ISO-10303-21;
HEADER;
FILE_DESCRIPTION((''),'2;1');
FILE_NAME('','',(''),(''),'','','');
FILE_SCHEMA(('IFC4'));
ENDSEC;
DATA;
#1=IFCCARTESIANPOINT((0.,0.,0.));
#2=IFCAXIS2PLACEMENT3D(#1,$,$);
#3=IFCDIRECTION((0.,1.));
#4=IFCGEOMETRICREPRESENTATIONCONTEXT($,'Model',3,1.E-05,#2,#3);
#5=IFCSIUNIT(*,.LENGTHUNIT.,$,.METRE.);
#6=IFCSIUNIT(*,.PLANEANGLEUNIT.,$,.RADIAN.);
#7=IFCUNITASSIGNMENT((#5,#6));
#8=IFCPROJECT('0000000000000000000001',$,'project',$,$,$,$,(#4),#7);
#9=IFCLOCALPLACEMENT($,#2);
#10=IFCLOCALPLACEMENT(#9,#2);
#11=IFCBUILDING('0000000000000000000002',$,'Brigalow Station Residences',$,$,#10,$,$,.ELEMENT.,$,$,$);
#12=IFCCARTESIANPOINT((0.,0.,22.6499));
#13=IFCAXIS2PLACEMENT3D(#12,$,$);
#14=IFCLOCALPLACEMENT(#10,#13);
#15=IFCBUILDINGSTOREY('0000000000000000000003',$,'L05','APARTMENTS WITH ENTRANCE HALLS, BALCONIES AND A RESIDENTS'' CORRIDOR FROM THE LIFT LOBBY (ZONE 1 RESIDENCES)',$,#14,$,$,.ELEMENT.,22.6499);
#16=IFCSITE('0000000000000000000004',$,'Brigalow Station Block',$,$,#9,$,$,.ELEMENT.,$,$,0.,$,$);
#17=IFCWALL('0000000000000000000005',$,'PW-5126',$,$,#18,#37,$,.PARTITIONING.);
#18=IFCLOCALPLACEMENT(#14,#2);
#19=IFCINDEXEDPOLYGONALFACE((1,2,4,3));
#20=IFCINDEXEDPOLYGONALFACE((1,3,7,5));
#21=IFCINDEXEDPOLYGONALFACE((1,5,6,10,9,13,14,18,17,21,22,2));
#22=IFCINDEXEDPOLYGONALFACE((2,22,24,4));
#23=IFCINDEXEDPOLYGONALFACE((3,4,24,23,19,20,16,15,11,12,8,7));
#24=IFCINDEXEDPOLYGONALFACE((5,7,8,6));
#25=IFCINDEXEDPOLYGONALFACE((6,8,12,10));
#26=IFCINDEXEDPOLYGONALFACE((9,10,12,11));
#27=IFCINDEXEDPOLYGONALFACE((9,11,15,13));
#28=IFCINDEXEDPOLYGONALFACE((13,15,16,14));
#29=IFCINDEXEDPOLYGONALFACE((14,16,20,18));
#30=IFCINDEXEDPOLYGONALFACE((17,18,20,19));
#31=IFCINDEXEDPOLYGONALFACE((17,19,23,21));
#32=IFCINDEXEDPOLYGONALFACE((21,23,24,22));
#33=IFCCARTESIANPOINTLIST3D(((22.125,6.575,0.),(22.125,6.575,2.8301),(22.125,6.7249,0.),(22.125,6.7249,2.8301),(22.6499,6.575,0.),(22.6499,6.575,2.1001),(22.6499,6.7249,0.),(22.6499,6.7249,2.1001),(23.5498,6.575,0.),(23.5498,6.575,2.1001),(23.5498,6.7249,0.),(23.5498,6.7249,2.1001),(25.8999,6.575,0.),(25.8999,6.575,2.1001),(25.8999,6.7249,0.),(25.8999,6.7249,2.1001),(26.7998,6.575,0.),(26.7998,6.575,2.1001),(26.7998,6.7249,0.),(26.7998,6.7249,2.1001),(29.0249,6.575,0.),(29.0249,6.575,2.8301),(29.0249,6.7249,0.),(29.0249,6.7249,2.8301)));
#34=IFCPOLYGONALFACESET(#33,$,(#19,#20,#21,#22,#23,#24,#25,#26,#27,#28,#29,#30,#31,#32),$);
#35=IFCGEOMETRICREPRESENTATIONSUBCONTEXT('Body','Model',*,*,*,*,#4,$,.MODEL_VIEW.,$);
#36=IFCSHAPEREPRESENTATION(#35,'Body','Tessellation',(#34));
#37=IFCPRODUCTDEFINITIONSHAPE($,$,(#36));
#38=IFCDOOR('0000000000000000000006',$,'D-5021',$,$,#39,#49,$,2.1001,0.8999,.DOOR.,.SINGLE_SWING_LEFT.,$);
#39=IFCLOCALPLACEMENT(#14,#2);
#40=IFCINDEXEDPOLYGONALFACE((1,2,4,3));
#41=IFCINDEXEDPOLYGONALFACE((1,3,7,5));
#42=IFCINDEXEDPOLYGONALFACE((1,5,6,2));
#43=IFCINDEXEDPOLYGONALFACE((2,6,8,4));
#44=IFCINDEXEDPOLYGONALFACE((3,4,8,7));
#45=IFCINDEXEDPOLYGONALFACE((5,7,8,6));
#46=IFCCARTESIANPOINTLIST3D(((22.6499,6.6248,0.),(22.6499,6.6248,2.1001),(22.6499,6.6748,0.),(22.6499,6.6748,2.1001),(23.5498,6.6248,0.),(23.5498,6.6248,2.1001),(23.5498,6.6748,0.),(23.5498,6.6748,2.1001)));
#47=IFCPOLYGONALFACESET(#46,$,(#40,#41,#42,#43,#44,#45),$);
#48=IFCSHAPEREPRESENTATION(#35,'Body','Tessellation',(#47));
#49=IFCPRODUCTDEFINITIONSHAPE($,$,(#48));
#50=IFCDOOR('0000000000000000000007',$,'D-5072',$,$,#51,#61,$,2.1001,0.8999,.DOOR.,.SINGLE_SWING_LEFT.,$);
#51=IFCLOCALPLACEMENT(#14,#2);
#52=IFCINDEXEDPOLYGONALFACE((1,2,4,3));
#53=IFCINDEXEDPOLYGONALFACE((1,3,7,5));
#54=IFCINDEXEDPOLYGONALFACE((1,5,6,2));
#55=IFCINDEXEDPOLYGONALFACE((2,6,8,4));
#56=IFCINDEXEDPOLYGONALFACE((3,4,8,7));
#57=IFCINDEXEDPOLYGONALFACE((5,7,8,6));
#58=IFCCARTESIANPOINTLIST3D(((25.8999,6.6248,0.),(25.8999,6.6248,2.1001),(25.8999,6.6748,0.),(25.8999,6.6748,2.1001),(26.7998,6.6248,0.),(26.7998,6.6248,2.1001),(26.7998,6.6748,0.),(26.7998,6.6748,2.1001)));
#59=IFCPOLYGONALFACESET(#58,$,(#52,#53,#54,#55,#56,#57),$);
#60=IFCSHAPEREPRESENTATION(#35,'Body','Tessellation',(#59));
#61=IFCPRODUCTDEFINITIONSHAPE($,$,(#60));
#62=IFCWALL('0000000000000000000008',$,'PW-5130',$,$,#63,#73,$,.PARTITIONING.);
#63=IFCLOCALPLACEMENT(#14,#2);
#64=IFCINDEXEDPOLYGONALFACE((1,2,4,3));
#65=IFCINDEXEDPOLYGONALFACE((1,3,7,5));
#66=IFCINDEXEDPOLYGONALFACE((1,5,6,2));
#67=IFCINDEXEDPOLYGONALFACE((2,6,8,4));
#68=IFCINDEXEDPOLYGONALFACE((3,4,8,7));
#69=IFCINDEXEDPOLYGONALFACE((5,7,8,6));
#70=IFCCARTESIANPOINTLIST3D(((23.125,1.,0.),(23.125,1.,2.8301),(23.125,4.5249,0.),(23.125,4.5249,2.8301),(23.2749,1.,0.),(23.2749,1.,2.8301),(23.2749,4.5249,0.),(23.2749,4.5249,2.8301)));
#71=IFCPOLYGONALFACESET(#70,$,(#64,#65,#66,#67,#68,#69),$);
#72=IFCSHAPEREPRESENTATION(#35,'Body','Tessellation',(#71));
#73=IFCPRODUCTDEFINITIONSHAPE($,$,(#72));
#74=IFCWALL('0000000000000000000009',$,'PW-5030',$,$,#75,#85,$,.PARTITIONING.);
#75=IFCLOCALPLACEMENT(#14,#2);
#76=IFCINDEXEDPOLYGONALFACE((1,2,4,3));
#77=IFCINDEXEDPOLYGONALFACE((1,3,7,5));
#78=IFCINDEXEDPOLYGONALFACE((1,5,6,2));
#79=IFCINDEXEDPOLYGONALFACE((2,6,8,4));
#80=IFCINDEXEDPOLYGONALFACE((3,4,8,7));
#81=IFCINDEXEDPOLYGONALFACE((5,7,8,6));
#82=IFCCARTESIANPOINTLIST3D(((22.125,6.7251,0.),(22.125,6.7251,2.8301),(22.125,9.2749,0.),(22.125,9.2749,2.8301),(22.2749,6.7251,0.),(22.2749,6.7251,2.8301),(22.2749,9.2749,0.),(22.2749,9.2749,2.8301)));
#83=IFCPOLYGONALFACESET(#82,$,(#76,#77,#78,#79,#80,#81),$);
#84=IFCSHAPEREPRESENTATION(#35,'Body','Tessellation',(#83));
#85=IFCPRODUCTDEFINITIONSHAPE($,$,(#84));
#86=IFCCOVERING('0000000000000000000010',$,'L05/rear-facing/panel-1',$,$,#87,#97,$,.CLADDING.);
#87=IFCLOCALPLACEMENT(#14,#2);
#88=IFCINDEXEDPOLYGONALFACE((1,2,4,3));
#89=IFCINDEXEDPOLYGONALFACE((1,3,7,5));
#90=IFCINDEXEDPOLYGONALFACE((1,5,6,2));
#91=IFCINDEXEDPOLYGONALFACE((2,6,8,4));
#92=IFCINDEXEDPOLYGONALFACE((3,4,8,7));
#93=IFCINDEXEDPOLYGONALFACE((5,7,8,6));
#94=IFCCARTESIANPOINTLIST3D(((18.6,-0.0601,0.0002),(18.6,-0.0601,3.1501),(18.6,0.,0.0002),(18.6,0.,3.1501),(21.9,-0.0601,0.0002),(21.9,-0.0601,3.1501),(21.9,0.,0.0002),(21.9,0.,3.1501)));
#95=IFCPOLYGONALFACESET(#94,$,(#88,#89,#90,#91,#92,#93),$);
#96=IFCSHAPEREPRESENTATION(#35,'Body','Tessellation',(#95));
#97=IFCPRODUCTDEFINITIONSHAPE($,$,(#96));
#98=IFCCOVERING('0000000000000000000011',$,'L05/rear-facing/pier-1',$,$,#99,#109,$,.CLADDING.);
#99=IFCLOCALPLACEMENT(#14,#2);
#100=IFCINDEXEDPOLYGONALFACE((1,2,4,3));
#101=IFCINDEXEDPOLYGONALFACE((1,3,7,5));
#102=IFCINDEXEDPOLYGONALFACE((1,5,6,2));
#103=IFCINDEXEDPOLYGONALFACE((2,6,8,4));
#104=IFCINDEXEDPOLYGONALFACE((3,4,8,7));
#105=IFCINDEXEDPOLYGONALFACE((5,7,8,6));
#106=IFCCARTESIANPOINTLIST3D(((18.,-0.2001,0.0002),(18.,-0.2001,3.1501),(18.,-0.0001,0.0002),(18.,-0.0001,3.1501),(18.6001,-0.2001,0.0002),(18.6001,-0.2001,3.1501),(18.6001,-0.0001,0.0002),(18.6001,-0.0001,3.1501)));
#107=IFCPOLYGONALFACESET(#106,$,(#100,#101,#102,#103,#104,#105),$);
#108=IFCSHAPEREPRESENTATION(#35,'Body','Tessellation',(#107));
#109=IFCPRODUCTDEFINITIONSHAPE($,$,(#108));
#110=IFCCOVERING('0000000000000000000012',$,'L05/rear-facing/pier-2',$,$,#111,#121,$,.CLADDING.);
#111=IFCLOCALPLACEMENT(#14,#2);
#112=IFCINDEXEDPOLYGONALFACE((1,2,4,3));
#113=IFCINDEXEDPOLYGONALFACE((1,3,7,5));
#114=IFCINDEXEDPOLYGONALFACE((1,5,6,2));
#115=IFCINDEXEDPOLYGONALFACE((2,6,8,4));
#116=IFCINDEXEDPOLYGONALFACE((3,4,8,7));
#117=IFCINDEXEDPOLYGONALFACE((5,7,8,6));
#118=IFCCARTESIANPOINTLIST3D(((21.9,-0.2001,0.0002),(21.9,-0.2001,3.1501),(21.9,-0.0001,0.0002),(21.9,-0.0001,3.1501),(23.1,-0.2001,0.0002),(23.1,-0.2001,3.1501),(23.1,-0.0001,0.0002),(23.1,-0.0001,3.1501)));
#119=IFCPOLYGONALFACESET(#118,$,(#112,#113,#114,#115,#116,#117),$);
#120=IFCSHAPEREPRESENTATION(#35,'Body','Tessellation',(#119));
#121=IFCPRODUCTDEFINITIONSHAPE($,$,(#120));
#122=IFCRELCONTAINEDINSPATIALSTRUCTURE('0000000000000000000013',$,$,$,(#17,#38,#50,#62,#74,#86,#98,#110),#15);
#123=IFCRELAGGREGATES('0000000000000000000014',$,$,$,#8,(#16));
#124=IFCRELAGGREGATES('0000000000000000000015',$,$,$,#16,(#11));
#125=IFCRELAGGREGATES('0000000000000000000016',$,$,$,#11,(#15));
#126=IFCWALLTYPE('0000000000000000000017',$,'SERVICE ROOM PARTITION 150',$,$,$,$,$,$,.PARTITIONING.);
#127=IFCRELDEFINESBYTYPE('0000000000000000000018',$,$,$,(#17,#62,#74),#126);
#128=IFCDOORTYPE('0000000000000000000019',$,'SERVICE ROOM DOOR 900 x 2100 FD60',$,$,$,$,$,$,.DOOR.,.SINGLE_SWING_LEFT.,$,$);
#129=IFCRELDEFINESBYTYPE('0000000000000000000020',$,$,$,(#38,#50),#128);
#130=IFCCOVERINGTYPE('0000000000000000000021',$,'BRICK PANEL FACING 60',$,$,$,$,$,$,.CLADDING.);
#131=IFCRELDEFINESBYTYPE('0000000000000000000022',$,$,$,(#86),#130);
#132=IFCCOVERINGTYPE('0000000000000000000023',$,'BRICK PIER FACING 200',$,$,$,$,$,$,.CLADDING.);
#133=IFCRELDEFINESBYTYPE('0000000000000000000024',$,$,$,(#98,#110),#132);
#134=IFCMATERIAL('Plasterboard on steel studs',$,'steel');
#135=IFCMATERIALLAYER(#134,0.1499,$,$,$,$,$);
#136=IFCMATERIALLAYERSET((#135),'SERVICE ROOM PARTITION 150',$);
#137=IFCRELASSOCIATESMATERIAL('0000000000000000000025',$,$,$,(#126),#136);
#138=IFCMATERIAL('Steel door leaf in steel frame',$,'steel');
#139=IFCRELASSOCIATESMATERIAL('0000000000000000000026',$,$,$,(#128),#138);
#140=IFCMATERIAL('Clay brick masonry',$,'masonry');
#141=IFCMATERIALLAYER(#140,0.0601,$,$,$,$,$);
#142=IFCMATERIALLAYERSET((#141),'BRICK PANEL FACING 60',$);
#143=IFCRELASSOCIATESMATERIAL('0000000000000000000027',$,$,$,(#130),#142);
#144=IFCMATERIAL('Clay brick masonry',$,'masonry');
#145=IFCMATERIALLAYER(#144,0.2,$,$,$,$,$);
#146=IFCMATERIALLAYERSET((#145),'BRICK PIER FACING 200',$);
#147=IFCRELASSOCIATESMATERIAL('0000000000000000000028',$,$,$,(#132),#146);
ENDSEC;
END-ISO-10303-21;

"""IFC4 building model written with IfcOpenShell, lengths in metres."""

from ifc_helpers import new_model, si_unit, direction, frame, frame_2d, origin, origin_2d, place, context, subcontext, project, spatial, rectangle, extrude, material, layer, layer_set, type_object, element, fill, save


model = new_model("IFC4")

# Units and contexts
model_context = context("Model", 3, precision=1e-05, world=origin(), true_north=direction((0.0, 1.0)))
body_context = subcontext(model_context, "Body", "Model", "MODEL_VIEW")
ifc_project = project(units=[si_unit("LENGTHUNIT", "METRE"), si_unit("PLANEANGLEUNIT", "RADIAN")], contexts=[model_context])

# Site, building, storey
site_placement = place(None, origin())
site = spatial("IfcSite", under=ifc_project, at=site_placement, Name="Brigalow Station Block", CompositionType="ELEMENT", RefElevation=0.0)
building_placement = place(site_placement, origin())
building = spatial("IfcBuilding", under=site, at=building_placement, Name="Brigalow Station Residences", CompositionType="ELEMENT")
storey_placement = place(building_placement, frame((0.0, 0.0, 22.6499)))
storey = spatial("IfcBuildingStorey", under=building, at=storey_placement, Name="L05", Description="APARTMENTS WITH ENTRANCE HALLS, BALCONIES AND A RESIDENTS' CORRIDOR FROM THE LIFT LOBBY (ZONE 1 RESIDENCES)", CompositionType="ELEMENT", Elevation=22.6499)

# Wall, openings, doors
ifc_material_1 = material(Name="Plasterboard on steel studs", Category="steel")
ifc_layer_1 = layer(ifc_material_1, 0.1499)
ifc_layer_set_1 = layer_set([ifc_layer_1], Name="SERVICE ROOM PARTITION 150")
wall_type_1 = type_object("IfcWallType", Name="SERVICE ROOM PARTITION 150", PredefinedType="PARTITIONING", material=ifc_layer_set_1)
ifc_material_2 = material(Name="Steel door leaf in steel frame", Category="steel")
door_type = type_object("IfcDoorType", Name="SERVICE ROOM DOOR 900 x 2100 FD60", OperationType="SINGLE_SWING_LEFT", PredefinedType="DOOR", material=ifc_material_2)
wall_1_placement = place(storey_placement, frame((22.125, 6.6499, 0.0), z_axis=(0.0, 0.0, 1.0), x_axis=(1.0, 0.0, 0.0)))
wall_1 = element("IfcWall", 1, at=wall_1_placement, inside=storey, type_object=wall_type_1, Name="PW-5126", PredefinedType="PARTITIONING", context=body_context, shape_type="SweptSolid", body=[
    extrude(rectangle(XDim=6.8999, YDim=0.1499, at=frame_2d((3.45, 0.0))), origin(), (0.0, 0.0, 1.0), 2.8301),
])
opening_1_placement = place(wall_1_placement, frame((0.5249, 0.0, 0.0)))
opening_1 = element("IfcOpeningElement", 2, at=opening_1_placement, cuts=wall_1, PredefinedType="OPENING", context=body_context, shape_type="SweptSolid", body=[
    extrude(rectangle(XDim=0.8999, YDim=2.1001, at=frame_2d((0.45, 1.05))), frame((0.0, 0.085, 0.0), z_axis=(0.0, -1.0, 0.0), x_axis=(1.0, 0.0, 0.0)), (0.0, 0.0, 1.0), 0.1699),
])
opening_2_placement = place(wall_1_placement, frame((3.7749, 0.0, 0.0)))
opening_2 = element("IfcOpeningElement", 3, at=opening_2_placement, cuts=wall_1, PredefinedType="OPENING", context=body_context, shape_type="SweptSolid", body=[
    extrude(rectangle(XDim=0.8999, YDim=2.1001, at=frame_2d((0.45, 1.05))), frame((0.0, 0.085, 0.0), z_axis=(0.0, -1.0, 0.0), x_axis=(1.0, 0.0, 0.0)), (0.0, 0.0, 1.0), 0.1699),
])
door_1_placement = place(opening_1_placement, origin())
door_1 = element("IfcDoor", 4, at=door_1_placement, inside=storey, type_object=door_type, Name="D-5021", OperationType="SINGLE_SWING_LEFT", OverallHeight=2.1001, OverallWidth=0.8999, PredefinedType="DOOR", context=body_context, shape_type="SweptSolid", body=[
    extrude(rectangle(XDim=0.8999, YDim=2.1001, at=frame_2d((0.45, 1.05))), frame((0.0, 0.0249, 0.0), z_axis=(0.0, -1.0, 0.0), x_axis=(1.0, 0.0, 0.0)), (0.0, 0.0, 1.0), 0.05),
])
fill(opening_1, door_1)
door_2_placement = place(opening_2_placement, origin())
door_2 = element("IfcDoor", 5, at=door_2_placement, inside=storey, type_object=door_type, Name="D-5072", OperationType="SINGLE_SWING_LEFT", OverallHeight=2.1001, OverallWidth=0.8999, PredefinedType="DOOR", context=body_context, shape_type="SweptSolid", body=[
    extrude(rectangle(XDim=0.8999, YDim=2.1001, at=frame_2d((0.45, 1.05))), frame((0.0, 0.0249, 0.0), z_axis=(0.0, -1.0, 0.0), x_axis=(1.0, 0.0, 0.0)), (0.0, 0.0, 1.0), 0.05),
])
fill(opening_2, door_2)

# Walls
wall_2_placement = place(storey_placement, frame((23.2, 1.0, 0.0), z_axis=(0.0, 0.0, 1.0), x_axis=(0.0, 1.0, 0.0)))
element("IfcWall", 6, at=wall_2_placement, inside=storey, type_object=wall_type_1, Name="PW-5130", PredefinedType="PARTITIONING", context=body_context, shape_type="SweptSolid", body=[
    extrude(rectangle(XDim=3.5249, YDim=0.1499, at=frame_2d((1.7625, 0.0))), origin(), (0.0, 0.0, 1.0), 2.8301),
])
wall_3_placement = place(storey_placement, frame((22.2, 6.7251, 0.0), z_axis=(0.0, 0.0, 1.0), x_axis=(0.0, 1.0, 0.0)))
element("IfcWall", 7, at=wall_3_placement, inside=storey, type_object=wall_type_1, Name="PW-5030", PredefinedType="PARTITIONING", context=body_context, shape_type="SweptSolid", body=[
    extrude(rectangle(XDim=2.5498, YDim=0.1499, at=frame_2d((1.2749, 0.0))), origin(), (0.0, 0.0, 1.0), 2.8301),
])

# Coverings
ifc_material_3 = material(Name="Clay brick masonry", Category="masonry")
ifc_layer_2 = layer(ifc_material_3, 0.0601)
ifc_layer_set_2 = layer_set([ifc_layer_2], Name="BRICK PANEL FACING 60")
covering_type_1 = type_object("IfcCoveringType", Name="BRICK PANEL FACING 60", PredefinedType="CLADDING", material=ifc_layer_set_2)
covering_1_placement = place(storey_placement, frame((20.25, -0.03, 0.0002), z_axis=(0.0, 0.0, 1.0), x_axis=(1.0, 0.0, 0.0)))
element("IfcCovering", 8, at=covering_1_placement, inside=storey, type_object=covering_type_1, Name="L05/rear-facing/panel-1", PredefinedType="CLADDING", context=body_context, shape_type="SweptSolid", body=[
    extrude(rectangle(XDim=3.3, YDim=0.0601, at=origin_2d()), origin(), (0.0, 0.0, 1.0), 3.1499),
])
ifc_material_4 = material(Name="Clay brick masonry", Category="masonry")
ifc_layer_3 = layer(ifc_material_4, 0.2)
ifc_layer_set_3 = layer_set([ifc_layer_3], Name="BRICK PIER FACING 200")
covering_type_2 = type_object("IfcCoveringType", Name="BRICK PIER FACING 200", PredefinedType="CLADDING", material=ifc_layer_set_3)
covering_2_placement = place(storey_placement, frame((18.3, -0.1001, 0.0002), z_axis=(0.0, 0.0, 1.0), x_axis=(1.0, 0.0, 0.0)))
element("IfcCovering", 9, at=covering_2_placement, inside=storey, type_object=covering_type_2, Name="L05/rear-facing/pier-1", PredefinedType="CLADDING", context=body_context, shape_type="SweptSolid", body=[
    extrude(rectangle(XDim=0.6001, YDim=0.2, at=origin_2d()), origin(), (0.0, 0.0, 1.0), 3.1499),
])
covering_3_placement = place(storey_placement, frame((22.5, -0.1001, 0.0002), z_axis=(0.0, 0.0, 1.0), x_axis=(1.0, 0.0, 0.0)))
element("IfcCovering", 10, at=covering_3_placement, inside=storey, type_object=covering_type_2, Name="L05/rear-facing/pier-2", PredefinedType="CLADDING", context=body_context, shape_type="SweptSolid", body=[
    extrude(rectangle(XDim=1.2, YDim=0.2, at=origin_2d()), origin(), (0.0, 0.0, 1.0), 3.1499),
])

save(model, "model.ifc")
